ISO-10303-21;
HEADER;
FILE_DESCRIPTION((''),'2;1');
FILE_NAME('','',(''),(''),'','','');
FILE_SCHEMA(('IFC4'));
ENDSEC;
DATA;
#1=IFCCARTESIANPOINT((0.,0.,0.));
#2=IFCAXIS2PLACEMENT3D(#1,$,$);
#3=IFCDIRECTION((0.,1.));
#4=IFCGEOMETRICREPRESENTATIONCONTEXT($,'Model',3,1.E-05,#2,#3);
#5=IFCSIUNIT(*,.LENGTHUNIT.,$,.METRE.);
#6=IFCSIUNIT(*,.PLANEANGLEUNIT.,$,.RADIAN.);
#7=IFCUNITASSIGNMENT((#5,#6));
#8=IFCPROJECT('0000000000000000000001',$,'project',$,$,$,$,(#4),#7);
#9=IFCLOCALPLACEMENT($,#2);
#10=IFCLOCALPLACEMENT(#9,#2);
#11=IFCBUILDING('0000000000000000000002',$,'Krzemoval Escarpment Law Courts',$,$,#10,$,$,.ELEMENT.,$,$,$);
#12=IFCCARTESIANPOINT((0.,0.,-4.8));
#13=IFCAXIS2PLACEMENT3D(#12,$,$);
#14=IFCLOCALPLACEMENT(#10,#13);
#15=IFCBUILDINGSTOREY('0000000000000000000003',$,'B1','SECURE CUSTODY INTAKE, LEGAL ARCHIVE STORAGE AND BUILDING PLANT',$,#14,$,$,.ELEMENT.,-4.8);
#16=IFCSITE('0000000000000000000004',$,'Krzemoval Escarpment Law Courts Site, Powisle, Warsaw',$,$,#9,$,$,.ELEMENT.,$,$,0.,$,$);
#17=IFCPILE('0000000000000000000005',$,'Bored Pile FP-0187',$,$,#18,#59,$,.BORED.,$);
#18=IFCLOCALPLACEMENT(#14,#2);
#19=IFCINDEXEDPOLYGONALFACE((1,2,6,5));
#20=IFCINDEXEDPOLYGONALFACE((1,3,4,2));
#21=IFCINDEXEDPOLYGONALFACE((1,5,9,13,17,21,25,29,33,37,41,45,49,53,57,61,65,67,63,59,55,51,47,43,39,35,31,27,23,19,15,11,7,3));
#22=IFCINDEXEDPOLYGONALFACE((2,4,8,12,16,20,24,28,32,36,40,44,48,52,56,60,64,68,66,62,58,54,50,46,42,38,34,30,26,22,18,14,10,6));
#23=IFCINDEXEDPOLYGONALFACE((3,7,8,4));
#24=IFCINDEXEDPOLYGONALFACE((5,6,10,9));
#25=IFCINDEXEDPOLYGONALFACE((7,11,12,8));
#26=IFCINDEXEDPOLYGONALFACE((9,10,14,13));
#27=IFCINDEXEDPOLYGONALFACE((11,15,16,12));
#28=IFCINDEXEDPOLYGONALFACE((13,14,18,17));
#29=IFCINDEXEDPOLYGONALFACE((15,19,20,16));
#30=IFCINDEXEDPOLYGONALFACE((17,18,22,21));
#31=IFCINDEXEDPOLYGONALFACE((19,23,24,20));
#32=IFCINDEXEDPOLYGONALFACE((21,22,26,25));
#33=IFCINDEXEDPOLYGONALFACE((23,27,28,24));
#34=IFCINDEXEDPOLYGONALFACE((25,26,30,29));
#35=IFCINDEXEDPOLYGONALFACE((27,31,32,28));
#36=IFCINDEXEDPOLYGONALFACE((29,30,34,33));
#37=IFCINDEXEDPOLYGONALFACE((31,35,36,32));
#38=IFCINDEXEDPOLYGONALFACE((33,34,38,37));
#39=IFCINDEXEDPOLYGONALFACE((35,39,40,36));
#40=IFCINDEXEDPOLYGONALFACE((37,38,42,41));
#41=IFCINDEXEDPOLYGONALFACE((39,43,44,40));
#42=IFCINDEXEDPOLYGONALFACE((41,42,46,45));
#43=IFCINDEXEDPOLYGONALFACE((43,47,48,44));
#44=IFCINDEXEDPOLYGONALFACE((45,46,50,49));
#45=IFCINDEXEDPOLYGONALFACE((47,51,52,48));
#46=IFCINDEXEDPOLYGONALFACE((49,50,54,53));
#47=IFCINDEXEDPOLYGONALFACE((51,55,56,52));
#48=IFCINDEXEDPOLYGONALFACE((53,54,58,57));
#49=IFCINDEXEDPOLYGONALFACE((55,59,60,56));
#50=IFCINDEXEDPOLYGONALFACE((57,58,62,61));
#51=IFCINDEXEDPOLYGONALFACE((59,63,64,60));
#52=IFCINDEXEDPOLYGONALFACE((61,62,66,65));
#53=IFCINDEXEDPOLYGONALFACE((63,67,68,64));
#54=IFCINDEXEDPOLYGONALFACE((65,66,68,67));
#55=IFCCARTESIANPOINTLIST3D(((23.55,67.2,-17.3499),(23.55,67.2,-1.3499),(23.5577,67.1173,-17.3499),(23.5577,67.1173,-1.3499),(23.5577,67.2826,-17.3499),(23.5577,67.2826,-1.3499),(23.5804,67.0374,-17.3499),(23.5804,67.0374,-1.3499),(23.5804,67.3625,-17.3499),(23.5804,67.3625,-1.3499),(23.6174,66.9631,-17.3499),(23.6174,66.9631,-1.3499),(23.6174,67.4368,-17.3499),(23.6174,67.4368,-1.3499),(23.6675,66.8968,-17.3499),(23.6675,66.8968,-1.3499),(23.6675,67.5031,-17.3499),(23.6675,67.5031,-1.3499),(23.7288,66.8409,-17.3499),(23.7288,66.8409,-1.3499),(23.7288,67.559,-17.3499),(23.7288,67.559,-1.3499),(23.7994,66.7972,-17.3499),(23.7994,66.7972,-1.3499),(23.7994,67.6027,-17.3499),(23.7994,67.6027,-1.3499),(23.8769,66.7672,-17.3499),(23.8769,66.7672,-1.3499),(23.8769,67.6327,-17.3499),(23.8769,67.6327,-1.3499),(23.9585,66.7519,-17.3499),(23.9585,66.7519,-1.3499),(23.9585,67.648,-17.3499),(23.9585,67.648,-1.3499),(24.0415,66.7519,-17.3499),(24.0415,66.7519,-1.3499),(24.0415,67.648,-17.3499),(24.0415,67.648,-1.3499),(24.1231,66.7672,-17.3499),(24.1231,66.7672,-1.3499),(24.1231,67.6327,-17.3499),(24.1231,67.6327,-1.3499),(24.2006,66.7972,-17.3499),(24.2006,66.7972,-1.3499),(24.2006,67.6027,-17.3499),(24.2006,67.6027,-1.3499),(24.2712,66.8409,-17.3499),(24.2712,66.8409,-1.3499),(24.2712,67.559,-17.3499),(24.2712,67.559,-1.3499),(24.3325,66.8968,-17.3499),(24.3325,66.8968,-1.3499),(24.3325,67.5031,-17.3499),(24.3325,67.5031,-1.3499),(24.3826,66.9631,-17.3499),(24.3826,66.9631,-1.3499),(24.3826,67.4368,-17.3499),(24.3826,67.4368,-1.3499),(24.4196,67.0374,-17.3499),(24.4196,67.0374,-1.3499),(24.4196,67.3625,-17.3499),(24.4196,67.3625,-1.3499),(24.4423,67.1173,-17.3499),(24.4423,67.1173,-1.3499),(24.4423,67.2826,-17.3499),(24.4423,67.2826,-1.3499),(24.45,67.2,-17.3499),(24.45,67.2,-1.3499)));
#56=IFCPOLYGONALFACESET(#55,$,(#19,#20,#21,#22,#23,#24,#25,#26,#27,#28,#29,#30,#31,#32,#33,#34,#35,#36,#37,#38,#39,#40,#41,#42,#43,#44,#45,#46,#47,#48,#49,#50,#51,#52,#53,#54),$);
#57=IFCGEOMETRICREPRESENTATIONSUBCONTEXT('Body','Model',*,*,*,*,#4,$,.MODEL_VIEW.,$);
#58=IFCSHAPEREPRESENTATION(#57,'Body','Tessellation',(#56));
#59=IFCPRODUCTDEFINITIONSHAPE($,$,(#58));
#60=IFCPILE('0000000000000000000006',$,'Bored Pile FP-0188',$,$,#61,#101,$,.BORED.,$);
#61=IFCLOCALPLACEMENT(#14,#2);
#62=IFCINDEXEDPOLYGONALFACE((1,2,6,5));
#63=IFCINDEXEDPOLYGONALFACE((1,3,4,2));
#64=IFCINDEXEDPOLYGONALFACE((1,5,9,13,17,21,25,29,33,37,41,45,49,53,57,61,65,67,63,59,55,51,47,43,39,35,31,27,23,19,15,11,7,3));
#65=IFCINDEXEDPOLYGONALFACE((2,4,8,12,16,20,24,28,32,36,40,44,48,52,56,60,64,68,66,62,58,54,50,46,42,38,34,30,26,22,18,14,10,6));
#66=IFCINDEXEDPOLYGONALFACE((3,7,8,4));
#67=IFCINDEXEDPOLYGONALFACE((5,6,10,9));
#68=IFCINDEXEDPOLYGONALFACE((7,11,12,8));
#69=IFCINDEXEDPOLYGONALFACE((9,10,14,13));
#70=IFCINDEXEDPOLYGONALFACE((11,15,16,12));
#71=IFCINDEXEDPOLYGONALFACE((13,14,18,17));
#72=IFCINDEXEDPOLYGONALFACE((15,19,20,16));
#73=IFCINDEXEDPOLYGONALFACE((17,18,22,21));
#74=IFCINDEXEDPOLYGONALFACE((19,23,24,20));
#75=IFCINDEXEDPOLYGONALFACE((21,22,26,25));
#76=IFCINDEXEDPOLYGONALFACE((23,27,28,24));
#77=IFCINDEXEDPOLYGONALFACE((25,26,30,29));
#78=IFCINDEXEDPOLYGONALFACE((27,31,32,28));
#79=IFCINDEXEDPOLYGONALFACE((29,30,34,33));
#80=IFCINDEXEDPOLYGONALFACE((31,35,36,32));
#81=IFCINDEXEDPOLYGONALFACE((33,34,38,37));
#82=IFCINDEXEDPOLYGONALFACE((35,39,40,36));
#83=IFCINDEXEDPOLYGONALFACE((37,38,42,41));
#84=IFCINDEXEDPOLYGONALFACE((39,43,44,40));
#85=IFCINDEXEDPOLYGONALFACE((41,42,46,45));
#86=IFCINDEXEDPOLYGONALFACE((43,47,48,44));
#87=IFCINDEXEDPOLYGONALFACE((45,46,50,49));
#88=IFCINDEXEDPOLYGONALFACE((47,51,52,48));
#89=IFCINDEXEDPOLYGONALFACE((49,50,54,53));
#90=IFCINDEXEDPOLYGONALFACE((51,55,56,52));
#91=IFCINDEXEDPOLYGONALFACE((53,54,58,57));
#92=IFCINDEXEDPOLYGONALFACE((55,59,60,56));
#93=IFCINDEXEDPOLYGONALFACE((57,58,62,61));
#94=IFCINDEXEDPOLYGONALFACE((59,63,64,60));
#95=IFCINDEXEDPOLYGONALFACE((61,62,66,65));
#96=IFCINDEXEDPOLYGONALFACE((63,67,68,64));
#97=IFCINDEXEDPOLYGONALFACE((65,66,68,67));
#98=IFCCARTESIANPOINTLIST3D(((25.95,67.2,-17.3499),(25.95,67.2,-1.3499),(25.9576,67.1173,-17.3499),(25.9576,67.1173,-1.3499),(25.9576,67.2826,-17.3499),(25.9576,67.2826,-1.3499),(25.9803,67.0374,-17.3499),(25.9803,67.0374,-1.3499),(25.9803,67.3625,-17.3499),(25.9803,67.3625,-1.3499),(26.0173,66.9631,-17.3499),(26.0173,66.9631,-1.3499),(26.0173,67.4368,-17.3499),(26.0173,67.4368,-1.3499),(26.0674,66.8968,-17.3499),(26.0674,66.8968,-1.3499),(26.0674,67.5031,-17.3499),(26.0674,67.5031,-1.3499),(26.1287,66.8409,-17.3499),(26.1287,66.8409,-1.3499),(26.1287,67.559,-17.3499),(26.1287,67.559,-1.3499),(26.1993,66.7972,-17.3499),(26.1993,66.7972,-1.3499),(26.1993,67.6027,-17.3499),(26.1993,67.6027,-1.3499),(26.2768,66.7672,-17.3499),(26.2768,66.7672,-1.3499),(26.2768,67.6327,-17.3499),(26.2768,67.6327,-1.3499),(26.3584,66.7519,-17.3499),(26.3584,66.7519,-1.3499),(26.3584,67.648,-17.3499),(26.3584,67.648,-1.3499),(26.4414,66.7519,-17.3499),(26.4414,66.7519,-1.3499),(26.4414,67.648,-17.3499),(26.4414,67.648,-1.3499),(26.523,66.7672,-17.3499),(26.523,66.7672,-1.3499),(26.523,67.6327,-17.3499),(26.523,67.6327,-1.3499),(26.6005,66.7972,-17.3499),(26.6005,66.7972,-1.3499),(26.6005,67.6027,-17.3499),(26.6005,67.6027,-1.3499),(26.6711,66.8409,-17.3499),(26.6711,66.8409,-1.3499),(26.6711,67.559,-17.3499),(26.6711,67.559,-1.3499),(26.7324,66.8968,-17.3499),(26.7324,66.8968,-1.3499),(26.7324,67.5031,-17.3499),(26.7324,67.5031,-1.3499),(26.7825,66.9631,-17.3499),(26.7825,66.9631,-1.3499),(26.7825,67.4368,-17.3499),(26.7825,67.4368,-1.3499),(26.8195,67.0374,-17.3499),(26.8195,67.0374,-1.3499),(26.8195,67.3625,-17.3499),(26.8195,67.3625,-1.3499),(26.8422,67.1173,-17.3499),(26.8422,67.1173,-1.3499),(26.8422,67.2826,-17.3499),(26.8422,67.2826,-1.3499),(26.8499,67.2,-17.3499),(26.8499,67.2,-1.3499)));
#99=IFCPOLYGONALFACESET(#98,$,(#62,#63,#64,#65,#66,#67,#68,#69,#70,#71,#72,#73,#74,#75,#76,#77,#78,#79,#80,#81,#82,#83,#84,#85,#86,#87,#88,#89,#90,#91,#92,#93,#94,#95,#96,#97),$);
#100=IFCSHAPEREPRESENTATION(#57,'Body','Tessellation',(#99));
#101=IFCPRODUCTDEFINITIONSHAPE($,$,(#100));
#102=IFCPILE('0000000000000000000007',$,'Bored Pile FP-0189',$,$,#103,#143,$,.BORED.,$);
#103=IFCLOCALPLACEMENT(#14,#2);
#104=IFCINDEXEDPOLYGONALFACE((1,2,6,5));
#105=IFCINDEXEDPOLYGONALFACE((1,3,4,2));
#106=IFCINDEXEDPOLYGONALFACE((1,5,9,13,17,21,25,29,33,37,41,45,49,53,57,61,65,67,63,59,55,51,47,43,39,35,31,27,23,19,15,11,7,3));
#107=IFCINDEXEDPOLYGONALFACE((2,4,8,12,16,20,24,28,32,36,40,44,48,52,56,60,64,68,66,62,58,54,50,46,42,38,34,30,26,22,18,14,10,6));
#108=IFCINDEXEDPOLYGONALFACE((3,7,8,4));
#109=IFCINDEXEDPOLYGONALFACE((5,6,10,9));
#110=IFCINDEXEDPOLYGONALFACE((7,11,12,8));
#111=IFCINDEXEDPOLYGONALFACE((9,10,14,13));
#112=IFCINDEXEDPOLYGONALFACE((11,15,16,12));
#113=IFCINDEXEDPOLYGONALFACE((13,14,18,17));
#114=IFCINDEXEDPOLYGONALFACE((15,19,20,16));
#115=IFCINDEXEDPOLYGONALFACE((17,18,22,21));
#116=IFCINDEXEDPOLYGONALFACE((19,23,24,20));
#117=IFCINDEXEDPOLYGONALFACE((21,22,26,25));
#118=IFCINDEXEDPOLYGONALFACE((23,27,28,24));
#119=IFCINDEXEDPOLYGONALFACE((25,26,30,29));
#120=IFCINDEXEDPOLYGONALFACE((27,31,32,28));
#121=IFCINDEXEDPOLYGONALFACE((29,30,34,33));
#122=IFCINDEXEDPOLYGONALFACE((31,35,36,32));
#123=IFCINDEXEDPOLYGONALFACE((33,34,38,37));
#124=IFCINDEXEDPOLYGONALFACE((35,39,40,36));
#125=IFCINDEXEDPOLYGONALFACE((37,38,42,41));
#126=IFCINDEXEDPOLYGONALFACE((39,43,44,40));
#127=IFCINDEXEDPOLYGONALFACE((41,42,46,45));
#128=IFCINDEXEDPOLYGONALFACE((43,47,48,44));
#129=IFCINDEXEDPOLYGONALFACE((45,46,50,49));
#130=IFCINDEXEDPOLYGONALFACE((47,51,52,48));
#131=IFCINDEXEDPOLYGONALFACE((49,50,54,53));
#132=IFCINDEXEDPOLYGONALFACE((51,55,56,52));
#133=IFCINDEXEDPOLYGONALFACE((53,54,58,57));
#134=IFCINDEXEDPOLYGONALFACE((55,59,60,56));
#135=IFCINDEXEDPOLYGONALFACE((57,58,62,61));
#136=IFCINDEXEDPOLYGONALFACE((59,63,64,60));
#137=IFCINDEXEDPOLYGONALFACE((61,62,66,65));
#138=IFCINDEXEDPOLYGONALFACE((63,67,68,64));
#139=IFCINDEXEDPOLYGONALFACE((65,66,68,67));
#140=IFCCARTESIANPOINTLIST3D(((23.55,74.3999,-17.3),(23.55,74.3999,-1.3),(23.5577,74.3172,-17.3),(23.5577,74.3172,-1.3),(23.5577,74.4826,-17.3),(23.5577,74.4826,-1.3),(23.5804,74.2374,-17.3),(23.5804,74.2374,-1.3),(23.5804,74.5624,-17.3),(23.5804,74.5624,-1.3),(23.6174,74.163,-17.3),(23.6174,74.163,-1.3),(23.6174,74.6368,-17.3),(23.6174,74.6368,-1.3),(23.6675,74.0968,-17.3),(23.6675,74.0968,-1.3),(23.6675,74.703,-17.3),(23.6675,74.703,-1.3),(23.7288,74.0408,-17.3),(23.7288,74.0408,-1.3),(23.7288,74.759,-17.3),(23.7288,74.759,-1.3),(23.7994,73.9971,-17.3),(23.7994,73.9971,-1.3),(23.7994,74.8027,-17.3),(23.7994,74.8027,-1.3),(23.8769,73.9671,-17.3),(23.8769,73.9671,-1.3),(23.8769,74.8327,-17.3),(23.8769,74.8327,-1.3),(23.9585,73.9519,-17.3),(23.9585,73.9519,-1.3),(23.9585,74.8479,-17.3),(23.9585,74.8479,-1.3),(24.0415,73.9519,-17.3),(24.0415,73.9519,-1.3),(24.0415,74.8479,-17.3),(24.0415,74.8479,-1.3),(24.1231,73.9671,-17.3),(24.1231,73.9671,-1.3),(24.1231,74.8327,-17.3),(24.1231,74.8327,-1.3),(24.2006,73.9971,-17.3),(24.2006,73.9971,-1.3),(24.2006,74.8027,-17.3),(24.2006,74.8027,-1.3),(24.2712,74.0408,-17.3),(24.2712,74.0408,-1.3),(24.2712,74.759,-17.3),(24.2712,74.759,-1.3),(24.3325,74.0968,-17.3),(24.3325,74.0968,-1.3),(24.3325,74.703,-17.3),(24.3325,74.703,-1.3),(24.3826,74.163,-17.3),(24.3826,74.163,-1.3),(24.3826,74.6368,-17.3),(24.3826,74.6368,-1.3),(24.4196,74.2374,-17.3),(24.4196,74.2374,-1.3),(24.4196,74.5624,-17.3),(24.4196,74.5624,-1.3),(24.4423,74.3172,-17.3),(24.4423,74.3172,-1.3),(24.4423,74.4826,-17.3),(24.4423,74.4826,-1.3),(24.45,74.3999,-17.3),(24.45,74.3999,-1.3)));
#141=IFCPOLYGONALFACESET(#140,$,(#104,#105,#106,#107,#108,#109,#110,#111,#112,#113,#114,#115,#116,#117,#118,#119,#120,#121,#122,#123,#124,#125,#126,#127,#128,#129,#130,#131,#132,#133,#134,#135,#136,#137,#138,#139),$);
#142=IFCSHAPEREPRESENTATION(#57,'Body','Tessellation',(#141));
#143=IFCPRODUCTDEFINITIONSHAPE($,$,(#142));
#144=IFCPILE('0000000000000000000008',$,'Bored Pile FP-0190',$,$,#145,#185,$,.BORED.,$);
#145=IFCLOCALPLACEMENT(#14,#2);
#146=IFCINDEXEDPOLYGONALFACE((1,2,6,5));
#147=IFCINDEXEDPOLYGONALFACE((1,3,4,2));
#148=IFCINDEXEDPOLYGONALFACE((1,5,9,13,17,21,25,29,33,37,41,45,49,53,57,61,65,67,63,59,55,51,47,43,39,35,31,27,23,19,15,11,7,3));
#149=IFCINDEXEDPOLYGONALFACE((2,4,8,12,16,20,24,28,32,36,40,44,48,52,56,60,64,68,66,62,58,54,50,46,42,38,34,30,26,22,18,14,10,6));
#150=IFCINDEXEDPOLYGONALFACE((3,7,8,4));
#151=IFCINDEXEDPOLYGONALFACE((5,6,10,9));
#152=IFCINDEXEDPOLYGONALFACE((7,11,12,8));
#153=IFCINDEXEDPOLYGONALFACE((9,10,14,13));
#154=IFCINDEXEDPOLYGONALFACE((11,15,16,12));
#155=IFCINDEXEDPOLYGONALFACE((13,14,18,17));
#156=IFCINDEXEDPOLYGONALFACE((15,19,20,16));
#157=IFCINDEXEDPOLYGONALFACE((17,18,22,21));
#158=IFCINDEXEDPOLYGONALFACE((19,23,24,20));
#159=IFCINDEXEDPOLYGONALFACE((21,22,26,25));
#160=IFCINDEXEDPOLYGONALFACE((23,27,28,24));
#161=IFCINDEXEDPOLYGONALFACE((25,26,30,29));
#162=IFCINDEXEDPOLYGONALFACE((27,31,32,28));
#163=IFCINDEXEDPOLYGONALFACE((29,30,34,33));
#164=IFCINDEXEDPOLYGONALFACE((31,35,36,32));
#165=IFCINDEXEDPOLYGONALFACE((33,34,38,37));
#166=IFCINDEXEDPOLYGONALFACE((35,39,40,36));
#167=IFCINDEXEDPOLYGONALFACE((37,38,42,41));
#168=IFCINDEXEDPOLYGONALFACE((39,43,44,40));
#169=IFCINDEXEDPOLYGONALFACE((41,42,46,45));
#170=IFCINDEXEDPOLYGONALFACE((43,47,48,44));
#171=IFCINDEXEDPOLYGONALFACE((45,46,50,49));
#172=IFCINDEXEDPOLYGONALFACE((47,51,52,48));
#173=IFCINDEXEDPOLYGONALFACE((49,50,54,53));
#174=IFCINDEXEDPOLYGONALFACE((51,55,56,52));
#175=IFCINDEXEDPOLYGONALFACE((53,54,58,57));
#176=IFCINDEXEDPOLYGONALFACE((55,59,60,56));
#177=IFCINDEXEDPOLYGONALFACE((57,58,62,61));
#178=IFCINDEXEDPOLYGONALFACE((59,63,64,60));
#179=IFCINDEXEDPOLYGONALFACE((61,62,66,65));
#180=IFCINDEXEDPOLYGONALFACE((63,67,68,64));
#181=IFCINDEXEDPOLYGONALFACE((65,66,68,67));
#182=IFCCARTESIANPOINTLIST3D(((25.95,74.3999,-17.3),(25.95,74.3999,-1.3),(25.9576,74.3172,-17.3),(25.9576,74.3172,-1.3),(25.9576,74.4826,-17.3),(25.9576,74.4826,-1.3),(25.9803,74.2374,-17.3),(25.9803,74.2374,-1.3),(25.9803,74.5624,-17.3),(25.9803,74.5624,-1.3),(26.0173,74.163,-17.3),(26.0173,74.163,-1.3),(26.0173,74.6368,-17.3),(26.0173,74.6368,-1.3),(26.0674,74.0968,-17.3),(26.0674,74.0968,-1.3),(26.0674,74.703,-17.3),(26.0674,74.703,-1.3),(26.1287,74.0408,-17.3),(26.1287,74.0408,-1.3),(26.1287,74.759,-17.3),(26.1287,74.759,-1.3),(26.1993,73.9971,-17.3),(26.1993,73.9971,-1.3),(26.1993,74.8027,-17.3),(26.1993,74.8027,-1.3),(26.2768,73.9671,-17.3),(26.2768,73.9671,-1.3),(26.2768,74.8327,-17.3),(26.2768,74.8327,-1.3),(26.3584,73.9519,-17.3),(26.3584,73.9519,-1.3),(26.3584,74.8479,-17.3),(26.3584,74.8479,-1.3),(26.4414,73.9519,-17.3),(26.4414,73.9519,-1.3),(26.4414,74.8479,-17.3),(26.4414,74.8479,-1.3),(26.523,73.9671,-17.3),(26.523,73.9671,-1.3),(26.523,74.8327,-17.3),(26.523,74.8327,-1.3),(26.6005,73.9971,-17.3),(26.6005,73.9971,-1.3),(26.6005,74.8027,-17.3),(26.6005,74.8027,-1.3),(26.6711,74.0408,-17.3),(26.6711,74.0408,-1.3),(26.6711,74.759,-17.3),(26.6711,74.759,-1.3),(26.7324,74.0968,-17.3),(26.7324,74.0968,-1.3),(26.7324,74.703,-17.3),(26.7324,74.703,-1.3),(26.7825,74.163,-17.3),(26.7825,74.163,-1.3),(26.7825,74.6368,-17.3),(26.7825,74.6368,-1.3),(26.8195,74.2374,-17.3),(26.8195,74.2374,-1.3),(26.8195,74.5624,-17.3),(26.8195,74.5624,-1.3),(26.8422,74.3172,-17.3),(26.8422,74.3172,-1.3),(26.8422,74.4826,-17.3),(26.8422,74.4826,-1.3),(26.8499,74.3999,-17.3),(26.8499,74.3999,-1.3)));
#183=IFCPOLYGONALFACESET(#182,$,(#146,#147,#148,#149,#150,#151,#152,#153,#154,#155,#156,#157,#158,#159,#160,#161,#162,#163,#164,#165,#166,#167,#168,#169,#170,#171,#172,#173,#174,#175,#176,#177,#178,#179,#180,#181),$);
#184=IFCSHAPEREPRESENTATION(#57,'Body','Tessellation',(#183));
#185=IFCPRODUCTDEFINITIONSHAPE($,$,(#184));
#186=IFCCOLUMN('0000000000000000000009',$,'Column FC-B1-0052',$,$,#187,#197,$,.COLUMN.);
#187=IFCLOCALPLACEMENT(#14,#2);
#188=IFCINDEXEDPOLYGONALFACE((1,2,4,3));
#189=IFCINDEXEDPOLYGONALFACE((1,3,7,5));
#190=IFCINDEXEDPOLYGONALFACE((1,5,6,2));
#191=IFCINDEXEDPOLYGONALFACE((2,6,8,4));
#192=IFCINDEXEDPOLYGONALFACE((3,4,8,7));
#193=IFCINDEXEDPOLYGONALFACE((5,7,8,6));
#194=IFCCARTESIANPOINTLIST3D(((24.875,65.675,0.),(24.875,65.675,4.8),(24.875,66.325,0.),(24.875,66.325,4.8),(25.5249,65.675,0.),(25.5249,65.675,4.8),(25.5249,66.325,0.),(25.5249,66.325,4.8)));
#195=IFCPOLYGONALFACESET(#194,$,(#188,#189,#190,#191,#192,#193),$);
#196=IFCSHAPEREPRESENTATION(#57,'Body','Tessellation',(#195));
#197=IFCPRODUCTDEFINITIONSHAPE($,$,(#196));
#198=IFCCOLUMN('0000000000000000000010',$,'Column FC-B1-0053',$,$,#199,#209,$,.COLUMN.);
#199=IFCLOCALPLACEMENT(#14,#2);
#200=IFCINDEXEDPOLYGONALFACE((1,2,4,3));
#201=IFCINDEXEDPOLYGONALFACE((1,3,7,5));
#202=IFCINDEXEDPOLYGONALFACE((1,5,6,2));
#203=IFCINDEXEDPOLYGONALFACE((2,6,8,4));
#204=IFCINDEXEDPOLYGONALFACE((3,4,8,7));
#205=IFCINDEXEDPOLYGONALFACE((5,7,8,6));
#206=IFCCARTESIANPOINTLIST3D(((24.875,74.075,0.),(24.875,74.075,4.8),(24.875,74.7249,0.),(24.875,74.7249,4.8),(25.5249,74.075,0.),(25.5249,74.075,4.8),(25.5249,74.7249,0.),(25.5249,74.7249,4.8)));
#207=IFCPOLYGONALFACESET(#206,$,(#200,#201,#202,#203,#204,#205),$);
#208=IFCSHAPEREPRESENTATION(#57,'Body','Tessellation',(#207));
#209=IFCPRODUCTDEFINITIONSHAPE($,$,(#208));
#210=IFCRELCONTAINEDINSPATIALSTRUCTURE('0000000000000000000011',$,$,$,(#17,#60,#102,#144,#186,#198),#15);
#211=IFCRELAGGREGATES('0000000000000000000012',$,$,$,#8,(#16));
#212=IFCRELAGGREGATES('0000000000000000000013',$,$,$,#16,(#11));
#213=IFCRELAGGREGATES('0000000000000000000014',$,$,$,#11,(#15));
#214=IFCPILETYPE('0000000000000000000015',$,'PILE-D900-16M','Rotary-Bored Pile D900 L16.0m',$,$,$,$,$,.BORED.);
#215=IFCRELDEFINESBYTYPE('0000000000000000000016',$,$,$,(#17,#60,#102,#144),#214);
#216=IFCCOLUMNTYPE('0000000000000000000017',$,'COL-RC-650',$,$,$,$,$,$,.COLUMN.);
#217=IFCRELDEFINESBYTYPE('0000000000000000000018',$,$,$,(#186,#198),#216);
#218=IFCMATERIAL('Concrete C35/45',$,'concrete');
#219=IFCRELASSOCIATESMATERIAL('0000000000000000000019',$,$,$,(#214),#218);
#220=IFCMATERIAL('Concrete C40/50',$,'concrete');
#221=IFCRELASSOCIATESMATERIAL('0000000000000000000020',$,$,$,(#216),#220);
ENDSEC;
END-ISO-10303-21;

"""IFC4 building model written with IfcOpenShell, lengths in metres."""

from ifc_helpers import new_model, si_unit, direction, frame, origin, origin_2d, place, context, subcontext, project, spatial, rectangle, circle, extrude, material, material_profile, profile_set, type_object, element, save


model = new_model("IFC4")

# Units and contexts
model_context = context("Model", 3, precision=1e-05, world=origin(), true_north=direction((0.0, 1.0)))
body_context = subcontext(model_context, "Body", "Model", "MODEL_VIEW")
ifc_project = project(units=[si_unit("LENGTHUNIT", "METRE"), si_unit("PLANEANGLEUNIT", "RADIAN")], contexts=[model_context])

# Site, building, storey
site_placement = place(None, origin())
site = spatial("IfcSite", under=ifc_project, at=site_placement, Name="Krzemoval Escarpment Law Courts Site, Powisle, Warsaw", CompositionType="ELEMENT", RefElevation=0.0)
building_placement = place(site_placement, origin())
building = spatial("IfcBuilding", under=site, at=building_placement, Name="Krzemoval Escarpment Law Courts", CompositionType="ELEMENT")
storey_placement = place(building_placement, frame((0.0, 0.0, -4.8)))
storey = spatial("IfcBuildingStorey", under=building, at=storey_placement, Name="B1", Description="SECURE CUSTODY INTAKE, LEGAL ARCHIVE STORAGE AND BUILDING PLANT", CompositionType="ELEMENT", Elevation=-4.8)

# Piles
ifc_material_1 = material(Name="Concrete C35/45", Category="concrete")
ifc_material_profile_1 = material_profile(ifc_material_1, circle(Radius=0.45, at=origin_2d()), Name="PILE D900")
ifc_profile_set_1 = profile_set([ifc_material_profile_1], Name="Concrete C35/45")
pile_type = type_object("IfcPileType", Name="PILE-D900-16M", Description="Rotary-Bored Pile D900 L16.0m", PredefinedType="BORED", material=ifc_profile_set_1)
for number, where, z_axis, x_axis, name in (
    (1, (24.0, 67.2, -1.3499), (0.0, 0.0, -1.0), (1.0, 0.0, 0.0), "Bored Pile FP-0187"),
    (2, (26.3999, 67.2, -1.3499), (0.0, 0.0, -1.0), (1.0, 0.0, 0.0), "Bored Pile FP-0188"),
    (3, (24.0, 74.3999, -1.3), (0.0, 0.0, -1.0), (1.0, 0.0, 0.0), "Bored Pile FP-0189"),
    (4, (26.3999, 74.3999, -1.3), (0.0, 0.0, -1.0), (1.0, 0.0, 0.0), "Bored Pile FP-0190"),
):
    element("IfcPile", number, at=place(storey_placement, frame(where, z_axis=z_axis, x_axis=x_axis)), inside=storey, type_object=pile_type, Name=name, PredefinedType="BORED", context=body_context, shape_type="SweptSolid", body=[
        extrude(circle(Radius=0.45, at=origin_2d()), origin(), (0.0, 0.0, 1.0), 16.0),
    ])

# Columns
ifc_material_2 = material(Name="Concrete C40/50", Category="concrete")
ifc_material_profile_2 = material_profile(ifc_material_2, rectangle(XDim=0.6499, YDim=0.6499, at=origin_2d()), Name="RC 650x650")
ifc_profile_set_2 = profile_set([ifc_material_profile_2], Name="Concrete C40/50")
column_type = type_object("IfcColumnType", Name="COL-RC-650", PredefinedType="COLUMN", material=ifc_profile_set_2)
for number, where, z_axis, x_axis, name in (
    (5, (25.2, 66.0, 0.0), (0.0, 0.0, 1.0), (1.0, 0.0, 0.0), "Column FC-B1-0052"),
    (6, (25.2, 74.3999, 0.0), (0.0, 0.0, 1.0), (1.0, 0.0, 0.0), "Column FC-B1-0053"),
):
    element("IfcColumn", number, at=place(storey_placement, frame(where, z_axis=z_axis, x_axis=x_axis)), inside=storey, type_object=column_type, Name=name, PredefinedType="COLUMN", context=body_context, shape_type="SweptSolid", body=[
        extrude(rectangle(XDim=0.6499, YDim=0.6499, at=origin_2d()), origin(), (0.0, 0.0, 1.0), 4.8),
    ])

save(model, "model.ifc")
